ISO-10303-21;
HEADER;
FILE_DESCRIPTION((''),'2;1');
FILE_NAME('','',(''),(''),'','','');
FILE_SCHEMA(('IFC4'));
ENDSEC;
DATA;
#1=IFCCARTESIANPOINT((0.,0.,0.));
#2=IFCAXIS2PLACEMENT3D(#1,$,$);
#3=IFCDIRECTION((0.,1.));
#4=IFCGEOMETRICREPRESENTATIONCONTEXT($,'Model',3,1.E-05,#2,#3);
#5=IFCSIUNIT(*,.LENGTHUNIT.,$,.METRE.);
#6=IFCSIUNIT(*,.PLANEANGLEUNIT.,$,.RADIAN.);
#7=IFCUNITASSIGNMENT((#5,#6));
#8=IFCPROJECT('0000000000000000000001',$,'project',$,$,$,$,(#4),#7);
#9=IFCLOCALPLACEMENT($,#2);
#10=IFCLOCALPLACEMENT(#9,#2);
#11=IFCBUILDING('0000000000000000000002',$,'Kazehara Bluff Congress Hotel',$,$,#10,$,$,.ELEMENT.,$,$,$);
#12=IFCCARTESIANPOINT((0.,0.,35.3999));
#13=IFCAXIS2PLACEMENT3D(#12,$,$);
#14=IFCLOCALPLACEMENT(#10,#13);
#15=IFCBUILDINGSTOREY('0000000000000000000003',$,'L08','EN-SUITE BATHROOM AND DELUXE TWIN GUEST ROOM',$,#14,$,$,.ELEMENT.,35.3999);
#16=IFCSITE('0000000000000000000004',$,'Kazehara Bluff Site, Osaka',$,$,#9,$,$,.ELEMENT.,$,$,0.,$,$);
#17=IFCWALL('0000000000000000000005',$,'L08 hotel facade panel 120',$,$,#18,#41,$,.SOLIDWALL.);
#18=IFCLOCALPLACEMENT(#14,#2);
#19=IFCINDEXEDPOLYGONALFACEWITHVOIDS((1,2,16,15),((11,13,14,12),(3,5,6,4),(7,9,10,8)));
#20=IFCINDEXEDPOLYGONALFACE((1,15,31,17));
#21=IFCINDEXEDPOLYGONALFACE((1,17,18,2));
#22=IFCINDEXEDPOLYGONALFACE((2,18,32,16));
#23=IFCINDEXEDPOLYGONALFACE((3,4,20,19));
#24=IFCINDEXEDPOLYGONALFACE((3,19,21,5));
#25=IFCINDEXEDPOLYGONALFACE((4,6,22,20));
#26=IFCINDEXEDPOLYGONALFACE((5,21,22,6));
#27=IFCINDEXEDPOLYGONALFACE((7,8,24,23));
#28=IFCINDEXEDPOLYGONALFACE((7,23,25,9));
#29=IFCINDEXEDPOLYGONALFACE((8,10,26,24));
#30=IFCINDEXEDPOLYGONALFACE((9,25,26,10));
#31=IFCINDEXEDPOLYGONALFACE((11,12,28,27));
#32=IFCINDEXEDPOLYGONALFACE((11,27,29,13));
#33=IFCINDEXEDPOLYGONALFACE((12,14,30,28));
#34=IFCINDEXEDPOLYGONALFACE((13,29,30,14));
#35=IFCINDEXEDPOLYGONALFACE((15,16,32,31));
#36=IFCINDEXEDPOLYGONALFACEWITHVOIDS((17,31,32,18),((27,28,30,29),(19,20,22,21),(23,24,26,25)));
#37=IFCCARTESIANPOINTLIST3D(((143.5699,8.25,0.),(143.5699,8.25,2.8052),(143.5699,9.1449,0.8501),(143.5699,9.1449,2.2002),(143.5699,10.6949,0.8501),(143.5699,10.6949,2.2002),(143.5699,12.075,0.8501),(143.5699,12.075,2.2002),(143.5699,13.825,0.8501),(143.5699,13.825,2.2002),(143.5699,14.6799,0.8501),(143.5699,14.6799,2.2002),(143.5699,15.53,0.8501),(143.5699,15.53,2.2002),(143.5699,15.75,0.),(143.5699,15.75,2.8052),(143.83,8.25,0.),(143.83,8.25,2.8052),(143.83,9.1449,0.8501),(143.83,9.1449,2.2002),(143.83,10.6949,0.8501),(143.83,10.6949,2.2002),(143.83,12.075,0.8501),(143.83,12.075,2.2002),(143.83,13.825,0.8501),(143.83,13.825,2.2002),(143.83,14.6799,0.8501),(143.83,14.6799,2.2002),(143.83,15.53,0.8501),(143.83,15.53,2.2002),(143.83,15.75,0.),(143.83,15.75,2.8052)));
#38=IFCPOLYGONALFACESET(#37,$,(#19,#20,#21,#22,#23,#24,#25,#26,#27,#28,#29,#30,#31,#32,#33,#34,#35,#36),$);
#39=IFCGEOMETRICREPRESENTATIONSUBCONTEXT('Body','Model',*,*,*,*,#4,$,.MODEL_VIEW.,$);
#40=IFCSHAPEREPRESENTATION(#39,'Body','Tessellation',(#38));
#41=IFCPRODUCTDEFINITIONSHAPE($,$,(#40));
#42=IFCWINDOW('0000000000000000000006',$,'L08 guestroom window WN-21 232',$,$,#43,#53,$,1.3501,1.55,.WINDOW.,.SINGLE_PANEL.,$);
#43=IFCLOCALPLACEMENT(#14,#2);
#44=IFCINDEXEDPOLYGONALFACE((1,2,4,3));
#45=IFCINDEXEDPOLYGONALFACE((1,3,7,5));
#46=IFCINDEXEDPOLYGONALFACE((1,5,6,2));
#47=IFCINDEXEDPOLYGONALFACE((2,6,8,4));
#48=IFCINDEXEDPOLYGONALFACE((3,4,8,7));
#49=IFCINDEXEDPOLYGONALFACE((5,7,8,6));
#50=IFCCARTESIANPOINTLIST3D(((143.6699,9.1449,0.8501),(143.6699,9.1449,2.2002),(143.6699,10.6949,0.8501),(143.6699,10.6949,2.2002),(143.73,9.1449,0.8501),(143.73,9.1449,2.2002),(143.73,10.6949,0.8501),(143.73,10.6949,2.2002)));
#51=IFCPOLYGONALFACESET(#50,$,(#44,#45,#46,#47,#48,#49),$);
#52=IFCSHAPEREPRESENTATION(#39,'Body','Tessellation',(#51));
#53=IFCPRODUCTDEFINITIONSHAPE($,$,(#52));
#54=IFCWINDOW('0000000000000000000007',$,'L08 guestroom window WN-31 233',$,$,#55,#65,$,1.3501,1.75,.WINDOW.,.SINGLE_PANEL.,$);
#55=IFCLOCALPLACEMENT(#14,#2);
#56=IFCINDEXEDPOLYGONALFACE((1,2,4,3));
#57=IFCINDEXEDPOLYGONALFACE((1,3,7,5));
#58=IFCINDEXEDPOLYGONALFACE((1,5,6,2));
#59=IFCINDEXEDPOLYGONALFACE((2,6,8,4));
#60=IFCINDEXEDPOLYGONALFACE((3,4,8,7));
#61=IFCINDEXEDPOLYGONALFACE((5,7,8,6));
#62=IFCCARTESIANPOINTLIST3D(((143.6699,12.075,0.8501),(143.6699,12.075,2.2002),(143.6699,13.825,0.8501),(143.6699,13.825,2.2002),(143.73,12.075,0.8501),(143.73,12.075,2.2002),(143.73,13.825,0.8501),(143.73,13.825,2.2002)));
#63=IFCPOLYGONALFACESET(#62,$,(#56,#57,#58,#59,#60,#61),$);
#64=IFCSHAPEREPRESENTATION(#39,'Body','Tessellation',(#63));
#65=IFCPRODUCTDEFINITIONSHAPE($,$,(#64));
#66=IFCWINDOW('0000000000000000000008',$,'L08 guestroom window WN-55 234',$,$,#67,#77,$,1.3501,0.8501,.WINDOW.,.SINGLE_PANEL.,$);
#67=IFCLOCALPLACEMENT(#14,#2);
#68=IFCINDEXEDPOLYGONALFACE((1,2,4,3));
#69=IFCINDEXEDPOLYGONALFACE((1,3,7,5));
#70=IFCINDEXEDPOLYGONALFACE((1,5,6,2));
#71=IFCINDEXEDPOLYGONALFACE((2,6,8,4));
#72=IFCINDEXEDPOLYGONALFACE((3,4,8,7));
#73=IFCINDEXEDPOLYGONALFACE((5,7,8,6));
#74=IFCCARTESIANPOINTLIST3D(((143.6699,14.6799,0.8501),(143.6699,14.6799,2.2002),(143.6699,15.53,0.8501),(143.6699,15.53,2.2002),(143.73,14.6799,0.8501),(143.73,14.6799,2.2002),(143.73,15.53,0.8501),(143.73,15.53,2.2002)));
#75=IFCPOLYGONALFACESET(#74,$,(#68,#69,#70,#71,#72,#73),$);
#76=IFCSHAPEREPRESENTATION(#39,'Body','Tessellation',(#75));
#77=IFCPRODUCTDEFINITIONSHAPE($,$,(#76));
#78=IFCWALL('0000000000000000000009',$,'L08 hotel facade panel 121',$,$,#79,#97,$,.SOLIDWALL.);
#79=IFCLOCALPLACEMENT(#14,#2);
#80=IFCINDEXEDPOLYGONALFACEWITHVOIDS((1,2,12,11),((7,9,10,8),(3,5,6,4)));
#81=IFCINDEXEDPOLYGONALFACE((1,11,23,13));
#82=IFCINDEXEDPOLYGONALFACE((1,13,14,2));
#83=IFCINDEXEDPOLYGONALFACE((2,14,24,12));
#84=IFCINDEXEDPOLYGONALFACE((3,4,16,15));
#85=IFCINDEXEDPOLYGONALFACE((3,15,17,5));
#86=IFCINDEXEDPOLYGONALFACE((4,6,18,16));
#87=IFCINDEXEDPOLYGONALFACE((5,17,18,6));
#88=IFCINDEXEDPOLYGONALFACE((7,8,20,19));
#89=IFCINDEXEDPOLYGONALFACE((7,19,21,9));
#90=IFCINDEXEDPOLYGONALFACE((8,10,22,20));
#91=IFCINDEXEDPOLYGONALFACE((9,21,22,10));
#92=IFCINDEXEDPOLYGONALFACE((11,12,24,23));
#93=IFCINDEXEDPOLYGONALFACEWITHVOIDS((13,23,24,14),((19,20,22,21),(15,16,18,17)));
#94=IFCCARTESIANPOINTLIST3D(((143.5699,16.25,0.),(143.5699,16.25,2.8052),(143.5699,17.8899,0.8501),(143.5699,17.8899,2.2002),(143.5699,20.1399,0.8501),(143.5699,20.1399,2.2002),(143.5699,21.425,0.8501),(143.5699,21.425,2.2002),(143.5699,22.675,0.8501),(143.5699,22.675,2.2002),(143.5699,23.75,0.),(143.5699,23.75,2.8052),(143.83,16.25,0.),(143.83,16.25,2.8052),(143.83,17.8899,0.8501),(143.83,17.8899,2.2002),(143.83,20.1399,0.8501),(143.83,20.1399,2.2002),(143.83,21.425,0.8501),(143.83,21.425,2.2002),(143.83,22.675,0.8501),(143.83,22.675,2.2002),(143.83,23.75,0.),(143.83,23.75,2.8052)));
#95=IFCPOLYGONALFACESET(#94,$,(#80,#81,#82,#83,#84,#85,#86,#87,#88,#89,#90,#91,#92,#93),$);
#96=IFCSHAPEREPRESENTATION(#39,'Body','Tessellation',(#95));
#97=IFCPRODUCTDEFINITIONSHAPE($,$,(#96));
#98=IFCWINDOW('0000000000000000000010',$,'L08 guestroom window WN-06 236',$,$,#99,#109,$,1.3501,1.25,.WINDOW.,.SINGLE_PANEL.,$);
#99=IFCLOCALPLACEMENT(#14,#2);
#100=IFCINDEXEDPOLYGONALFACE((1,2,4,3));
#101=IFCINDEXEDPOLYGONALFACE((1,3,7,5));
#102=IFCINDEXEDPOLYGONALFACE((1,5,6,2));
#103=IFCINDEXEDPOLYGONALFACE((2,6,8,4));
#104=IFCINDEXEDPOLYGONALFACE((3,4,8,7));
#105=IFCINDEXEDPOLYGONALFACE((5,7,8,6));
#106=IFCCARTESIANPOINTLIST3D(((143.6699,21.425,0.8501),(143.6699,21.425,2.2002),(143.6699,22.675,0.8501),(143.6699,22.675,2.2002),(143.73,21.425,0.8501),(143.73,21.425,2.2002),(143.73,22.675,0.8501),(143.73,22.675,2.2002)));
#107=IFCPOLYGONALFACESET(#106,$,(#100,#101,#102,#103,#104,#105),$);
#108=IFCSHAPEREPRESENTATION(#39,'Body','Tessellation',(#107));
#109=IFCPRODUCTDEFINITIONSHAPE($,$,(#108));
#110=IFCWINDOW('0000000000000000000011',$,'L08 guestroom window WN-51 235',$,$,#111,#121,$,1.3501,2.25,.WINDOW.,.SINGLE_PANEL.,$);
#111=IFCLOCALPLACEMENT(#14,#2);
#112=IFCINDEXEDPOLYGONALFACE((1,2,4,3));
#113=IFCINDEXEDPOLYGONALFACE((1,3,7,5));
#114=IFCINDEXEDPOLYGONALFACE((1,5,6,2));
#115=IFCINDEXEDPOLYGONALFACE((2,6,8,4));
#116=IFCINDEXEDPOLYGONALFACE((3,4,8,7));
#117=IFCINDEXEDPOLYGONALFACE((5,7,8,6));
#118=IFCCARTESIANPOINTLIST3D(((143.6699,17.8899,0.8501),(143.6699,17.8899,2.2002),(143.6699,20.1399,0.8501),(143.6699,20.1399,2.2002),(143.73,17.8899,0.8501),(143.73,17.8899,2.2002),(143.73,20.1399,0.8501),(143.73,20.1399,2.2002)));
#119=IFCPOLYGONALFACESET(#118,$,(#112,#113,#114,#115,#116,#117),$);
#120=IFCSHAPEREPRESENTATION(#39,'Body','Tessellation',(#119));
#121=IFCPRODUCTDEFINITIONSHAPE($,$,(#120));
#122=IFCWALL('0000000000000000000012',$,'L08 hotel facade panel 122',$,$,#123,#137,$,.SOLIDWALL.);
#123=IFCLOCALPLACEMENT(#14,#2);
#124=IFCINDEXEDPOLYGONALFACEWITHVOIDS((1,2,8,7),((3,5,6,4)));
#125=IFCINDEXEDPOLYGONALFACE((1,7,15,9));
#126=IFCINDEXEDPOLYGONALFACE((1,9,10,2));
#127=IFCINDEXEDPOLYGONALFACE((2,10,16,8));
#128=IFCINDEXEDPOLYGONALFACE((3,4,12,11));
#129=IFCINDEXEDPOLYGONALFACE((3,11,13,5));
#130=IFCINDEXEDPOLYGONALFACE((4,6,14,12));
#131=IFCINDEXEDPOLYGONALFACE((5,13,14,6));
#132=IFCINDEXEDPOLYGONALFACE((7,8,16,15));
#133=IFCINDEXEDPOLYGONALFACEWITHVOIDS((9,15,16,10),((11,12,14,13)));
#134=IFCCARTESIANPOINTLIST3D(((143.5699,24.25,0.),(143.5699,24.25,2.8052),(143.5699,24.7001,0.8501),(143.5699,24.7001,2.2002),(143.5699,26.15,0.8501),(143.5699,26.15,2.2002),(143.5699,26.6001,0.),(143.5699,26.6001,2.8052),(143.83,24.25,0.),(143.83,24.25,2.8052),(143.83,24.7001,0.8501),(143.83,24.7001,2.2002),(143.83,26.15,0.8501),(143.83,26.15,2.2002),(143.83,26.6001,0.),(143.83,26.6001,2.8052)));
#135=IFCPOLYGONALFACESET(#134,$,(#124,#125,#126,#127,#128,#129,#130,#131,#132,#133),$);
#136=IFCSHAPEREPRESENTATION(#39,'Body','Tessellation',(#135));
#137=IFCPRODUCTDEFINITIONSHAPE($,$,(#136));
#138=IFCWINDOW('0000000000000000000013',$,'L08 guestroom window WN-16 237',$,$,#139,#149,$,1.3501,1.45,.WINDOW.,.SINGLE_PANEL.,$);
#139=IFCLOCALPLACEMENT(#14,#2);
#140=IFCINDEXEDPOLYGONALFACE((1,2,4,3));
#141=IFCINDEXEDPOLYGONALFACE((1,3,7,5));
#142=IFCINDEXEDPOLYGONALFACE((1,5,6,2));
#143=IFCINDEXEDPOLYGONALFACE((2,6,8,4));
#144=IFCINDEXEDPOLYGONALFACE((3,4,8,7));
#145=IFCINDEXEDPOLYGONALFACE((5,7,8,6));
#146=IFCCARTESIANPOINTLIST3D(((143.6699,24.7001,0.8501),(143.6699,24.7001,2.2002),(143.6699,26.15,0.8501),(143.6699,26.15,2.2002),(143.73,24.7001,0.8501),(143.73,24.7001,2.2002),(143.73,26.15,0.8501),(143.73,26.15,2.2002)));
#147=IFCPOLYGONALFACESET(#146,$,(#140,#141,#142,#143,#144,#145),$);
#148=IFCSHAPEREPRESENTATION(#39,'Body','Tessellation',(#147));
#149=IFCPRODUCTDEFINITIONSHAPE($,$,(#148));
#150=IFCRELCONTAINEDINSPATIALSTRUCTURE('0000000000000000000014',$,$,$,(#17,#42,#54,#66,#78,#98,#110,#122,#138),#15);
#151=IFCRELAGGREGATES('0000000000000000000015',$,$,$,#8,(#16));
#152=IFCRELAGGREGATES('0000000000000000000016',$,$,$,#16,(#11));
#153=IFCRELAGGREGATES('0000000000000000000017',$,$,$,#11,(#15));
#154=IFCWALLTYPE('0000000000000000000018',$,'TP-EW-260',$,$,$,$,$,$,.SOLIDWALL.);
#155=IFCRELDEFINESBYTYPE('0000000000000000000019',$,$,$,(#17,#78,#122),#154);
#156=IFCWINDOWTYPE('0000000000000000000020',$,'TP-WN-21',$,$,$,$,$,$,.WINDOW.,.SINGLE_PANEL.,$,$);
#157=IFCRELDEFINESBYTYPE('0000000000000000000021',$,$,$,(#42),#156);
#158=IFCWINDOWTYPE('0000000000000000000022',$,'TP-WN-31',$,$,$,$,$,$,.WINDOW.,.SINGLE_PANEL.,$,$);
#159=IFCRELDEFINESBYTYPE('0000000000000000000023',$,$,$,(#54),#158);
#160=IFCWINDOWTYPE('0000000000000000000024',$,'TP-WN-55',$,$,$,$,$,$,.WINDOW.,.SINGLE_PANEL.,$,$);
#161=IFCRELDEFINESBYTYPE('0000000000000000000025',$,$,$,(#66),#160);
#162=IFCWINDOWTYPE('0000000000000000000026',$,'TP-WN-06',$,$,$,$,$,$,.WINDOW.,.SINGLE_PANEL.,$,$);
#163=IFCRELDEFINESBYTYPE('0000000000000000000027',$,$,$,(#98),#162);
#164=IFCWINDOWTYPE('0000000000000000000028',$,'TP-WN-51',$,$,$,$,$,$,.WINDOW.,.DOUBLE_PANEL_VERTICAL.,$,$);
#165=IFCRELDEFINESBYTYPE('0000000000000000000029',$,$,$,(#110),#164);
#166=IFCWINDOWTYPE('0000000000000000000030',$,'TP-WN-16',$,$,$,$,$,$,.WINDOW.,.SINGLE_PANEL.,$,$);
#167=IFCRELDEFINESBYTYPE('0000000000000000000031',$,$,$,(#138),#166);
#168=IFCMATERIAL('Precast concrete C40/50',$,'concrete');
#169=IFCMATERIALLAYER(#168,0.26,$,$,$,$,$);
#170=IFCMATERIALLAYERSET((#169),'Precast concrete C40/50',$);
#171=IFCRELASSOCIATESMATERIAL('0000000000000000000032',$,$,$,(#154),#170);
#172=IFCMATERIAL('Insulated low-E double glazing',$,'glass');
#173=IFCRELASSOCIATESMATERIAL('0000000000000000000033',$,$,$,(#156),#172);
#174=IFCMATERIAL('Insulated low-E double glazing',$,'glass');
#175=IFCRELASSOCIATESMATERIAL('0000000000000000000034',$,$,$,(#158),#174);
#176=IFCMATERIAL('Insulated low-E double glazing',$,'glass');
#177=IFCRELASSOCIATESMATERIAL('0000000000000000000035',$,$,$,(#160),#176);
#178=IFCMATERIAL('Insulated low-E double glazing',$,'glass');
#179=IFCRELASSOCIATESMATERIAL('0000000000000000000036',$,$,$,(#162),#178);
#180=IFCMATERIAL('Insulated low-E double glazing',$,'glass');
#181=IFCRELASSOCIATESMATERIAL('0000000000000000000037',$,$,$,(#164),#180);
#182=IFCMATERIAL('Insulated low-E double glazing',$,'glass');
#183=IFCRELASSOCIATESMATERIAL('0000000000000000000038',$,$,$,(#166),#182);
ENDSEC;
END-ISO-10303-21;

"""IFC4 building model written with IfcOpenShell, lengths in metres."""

from ifc_helpers import new_model, si_unit, direction, frame, frame_2d, origin, place, context, subcontext, project, spatial, rectangle, extrude, material, layer, layer_set, type_object, element, fill, save


model = new_model("IFC4")

# Units and contexts
model_context = context("Model", 3, precision=1e-05, world=origin(), true_north=direction((0.0, 1.0)))
body_context = subcontext(model_context, "Body", "Model", "MODEL_VIEW")
ifc_project = project(units=[si_unit("LENGTHUNIT", "METRE"), si_unit("PLANEANGLEUNIT", "RADIAN")], contexts=[model_context])

# Site, building, storey
site_placement = place(None, origin())
site = spatial("IfcSite", under=ifc_project, at=site_placement, Name="Kazehara Bluff Site, Osaka", CompositionType="ELEMENT", RefElevation=0.0)
building_placement = place(site_placement, origin())
building = spatial("IfcBuilding", under=site, at=building_placement, Name="Kazehara Bluff Congress Hotel", CompositionType="ELEMENT")
storey_placement = place(building_placement, frame((0.0, 0.0, 35.3999)))
storey = spatial("IfcBuildingStorey", under=building, at=storey_placement, Name="L08", Description="EN-SUITE BATHROOM AND DELUXE TWIN GUEST ROOM", CompositionType="ELEMENT", Elevation=35.3999)

# Walls, openings, windows
ifc_material_1 = material(Name="Precast concrete C40/50", Category="concrete")
ifc_layer_1 = layer(ifc_material_1, 0.26)
ifc_layer_set_1 = layer_set([ifc_layer_1], Name="Precast concrete C40/50")
wall_type = type_object("IfcWallType", Name="TP-EW-260", PredefinedType="SOLIDWALL", material=ifc_layer_set_1)
wall_1_placement = place(storey_placement, frame((143.7, 8.25, 0.0), z_axis=(0.0, 0.0, 1.0), x_axis=(0.0, 1.0, 0.0)))
wall_1 = element("IfcWall", 1, at=wall_1_placement, inside=storey, type_object=wall_type, Name="L08 hotel facade panel 120", PredefinedType="SOLIDWALL", context=body_context, shape_type="SweptSolid", body=[
    extrude(rectangle(XDim=7.5, YDim=0.26, at=frame_2d((3.75, 0.0))), origin(), (0.0, 0.0, 1.0), 2.8052),
])
opening_1_placement = place(wall_1_placement, frame((0.895, 0.0, 0.8501)))
opening_1 = element("IfcOpeningElement", 2, at=opening_1_placement, cuts=wall_1, PredefinedType="OPENING", context=body_context, shape_type="SweptSolid", body=[
    extrude(rectangle(XDim=1.55, YDim=1.3501, at=frame_2d((0.7749, 0.675))), frame((0.0, 0.1399, 0.0), z_axis=(0.0, -1.0, 0.0), x_axis=(1.0, 0.0, 0.0)), (0.0, 0.0, 1.0), 0.28),
])
opening_2_placement = place(wall_1_placement, frame((3.825, 0.0, 0.8501)))
opening_2 = element("IfcOpeningElement", 3, at=opening_2_placement, cuts=wall_1, PredefinedType="OPENING", context=body_context, shape_type="SweptSolid", body=[
    extrude(rectangle(XDim=1.75, YDim=1.3501, at=frame_2d((0.875, 0.675))), frame((0.0, 0.1399, 0.0), z_axis=(0.0, -1.0, 0.0), x_axis=(1.0, 0.0, 0.0)), (0.0, 0.0, 1.0), 0.28),
])
opening_3_placement = place(wall_1_placement, frame((6.4299, 0.0, 0.8501)))
opening_3 = element("IfcOpeningElement", 4, at=opening_3_placement, cuts=wall_1, PredefinedType="OPENING", context=body_context, shape_type="SweptSolid", body=[
    extrude(rectangle(XDim=0.8501, YDim=1.3501, at=frame_2d((0.425, 0.675))), frame((0.0, 0.1399, 0.0), z_axis=(0.0, -1.0, 0.0), x_axis=(1.0, 0.0, 0.0)), (0.0, 0.0, 1.0), 0.28),
])
ifc_material_2 = material(Name="Insulated low-E double glazing", Category="glass")
window_type_1 = type_object("IfcWindowType", Name="TP-WN-21", PartitioningType="SINGLE_PANEL", PredefinedType="WINDOW", material=ifc_material_2)
window_1_placement = place(opening_1_placement, origin())
window_1 = element("IfcWindow", 5, at=window_1_placement, inside=storey, type_object=window_type_1, Name="L08 guestroom window WN-21 232", OverallHeight=1.3501, OverallWidth=1.55, PartitioningType="SINGLE_PANEL", PredefinedType="WINDOW", context=body_context, shape_type="SweptSolid", body=[
    extrude(rectangle(XDim=1.55, YDim=1.3501, at=frame_2d((0.7749, 0.675))), frame((0.0, 0.03, 0.0), z_axis=(0.0, -1.0, 0.0), x_axis=(1.0, 0.0, 0.0)), (0.0, 0.0, 1.0), 0.0601),
])
fill(opening_1, window_1)
ifc_material_3 = material(Name="Insulated low-E double glazing", Category="glass")
window_type_2 = type_object("IfcWindowType", Name="TP-WN-31", PartitioningType="SINGLE_PANEL", PredefinedType="WINDOW", material=ifc_material_3)
window_2_placement = place(opening_2_placement, origin())
window_2 = element("IfcWindow", 6, at=window_2_placement, inside=storey, type_object=window_type_2, Name="L08 guestroom window WN-31 233", OverallHeight=1.3501, OverallWidth=1.75, PartitioningType="SINGLE_PANEL", PredefinedType="WINDOW", context=body_context, shape_type="SweptSolid", body=[
    extrude(rectangle(XDim=1.75, YDim=1.3501, at=frame_2d((0.875, 0.675))), frame((0.0, 0.03, 0.0), z_axis=(0.0, -1.0, 0.0), x_axis=(1.0, 0.0, 0.0)), (0.0, 0.0, 1.0), 0.0601),
])
fill(opening_2, window_2)
ifc_material_4 = material(Name="Insulated low-E double glazing", Category="glass")
window_type_3 = type_object("IfcWindowType", Name="TP-WN-55", PartitioningType="SINGLE_PANEL", PredefinedType="WINDOW", material=ifc_material_4)
window_3_placement = place(opening_3_placement, origin())
window_3 = element("IfcWindow", 7, at=window_3_placement, inside=storey, type_object=window_type_3, Name="L08 guestroom window WN-55 234", OverallHeight=1.3501, OverallWidth=0.8501, PartitioningType="SINGLE_PANEL", PredefinedType="WINDOW", context=body_context, shape_type="SweptSolid", body=[
    extrude(rectangle(XDim=0.8501, YDim=1.3501, at=frame_2d((0.425, 0.675))), frame((0.0, 0.03, 0.0), z_axis=(0.0, -1.0, 0.0), x_axis=(1.0, 0.0, 0.0)), (0.0, 0.0, 1.0), 0.0601),
])
fill(opening_3, window_3)
wall_2_placement = place(storey_placement, frame((143.7, 16.25, 0.0), z_axis=(0.0, 0.0, 1.0), x_axis=(0.0, 1.0, 0.0)))
wall_2 = element("IfcWall", 8, at=wall_2_placement, inside=storey, type_object=wall_type, Name="L08 hotel facade panel 121", PredefinedType="SOLIDWALL", context=body_context, shape_type="SweptSolid", body=[
    extrude(rectangle(XDim=7.5, YDim=0.26, at=frame_2d((3.75, 0.0))), origin(), (0.0, 0.0, 1.0), 2.8052),
])
opening_4_placement = place(wall_2_placement, frame((1.6399, 0.0, 0.8501)))
opening_4 = element("IfcOpeningElement", 9, at=opening_4_placement, cuts=wall_2, PredefinedType="OPENING", context=body_context, shape_type="SweptSolid", body=[
    extrude(rectangle(XDim=2.25, YDim=1.3501, at=frame_2d((1.125, 0.675))), frame((0.0, 0.1399, 0.0), z_axis=(0.0, -1.0, 0.0), x_axis=(1.0, 0.0, 0.0)), (0.0, 0.0, 1.0), 0.28),
])
opening_5_placement = place(wall_2_placement, frame((5.175, 0.0, 0.8501)))
opening_5 = element("IfcOpeningElement", 10, at=opening_5_placement, cuts=wall_2, PredefinedType="OPENING", context=body_context, shape_type="SweptSolid", body=[
    extrude(rectangle(XDim=1.25, YDim=1.3501, at=frame_2d((0.625, 0.675))), frame((0.0, 0.1399, 0.0), z_axis=(0.0, -1.0, 0.0), x_axis=(1.0, 0.0, 0.0)), (0.0, 0.0, 1.0), 0.28),
])
ifc_material_5 = material(Name="Insulated low-E double glazing", Category="glass")
window_type_4 = type_object("IfcWindowType", Name="TP-WN-06", PartitioningType="SINGLE_PANEL", PredefinedType="WINDOW", material=ifc_material_5)
window_4_placement = place(opening_5_placement, origin())
window_4 = element("IfcWindow", 11, at=window_4_placement, inside=storey, type_object=window_type_4, Name="L08 guestroom window WN-06 236", OverallHeight=1.3501, OverallWidth=1.25, PartitioningType="SINGLE_PANEL", PredefinedType="WINDOW", context=body_context, shape_type="SweptSolid", body=[
    extrude(rectangle(XDim=1.25, YDim=1.3501, at=frame_2d((0.625, 0.675))), frame((0.0, 0.03, 0.0), z_axis=(0.0, -1.0, 0.0), x_axis=(1.0, 0.0, 0.0)), (0.0, 0.0, 1.0), 0.0601),
])
fill(opening_5, window_4)
ifc_material_6 = material(Name="Insulated low-E double glazing", Category="glass")
window_type_5 = type_object("IfcWindowType", Name="TP-WN-51", PartitioningType="DOUBLE_PANEL_VERTICAL", PredefinedType="WINDOW", material=ifc_material_6)
window_5_placement = place(opening_4_placement, origin())
window_5 = element("IfcWindow", 12, at=window_5_placement, inside=storey, type_object=window_type_5, Name="L08 guestroom window WN-51 235", OverallHeight=1.3501, OverallWidth=2.25, PartitioningType="SINGLE_PANEL", PredefinedType="WINDOW", context=body_context, shape_type="SweptSolid", body=[
    extrude(rectangle(XDim=2.25, YDim=1.3501, at=frame_2d((1.125, 0.675))), frame((0.0, 0.03, 0.0), z_axis=(0.0, -1.0, 0.0), x_axis=(1.0, 0.0, 0.0)), (0.0, 0.0, 1.0), 0.0601),
])
fill(opening_4, window_5)

# Wall, opening, window
wall_3_placement = place(storey_placement, frame((143.7, 24.25, 0.0), z_axis=(0.0, 0.0, 1.0), x_axis=(0.0, 1.0, 0.0)))
wall_3 = element("IfcWall", 13, at=wall_3_placement, inside=storey, type_object=wall_type, Name="L08 hotel facade panel 122", PredefinedType="SOLIDWALL", context=body_context, shape_type="SweptSolid", body=[
    extrude(rectangle(XDim=2.3501, YDim=0.26, at=frame_2d((1.175, 0.0))), origin(), (0.0, 0.0, 1.0), 2.8052),
])
opening_6_placement = place(wall_3_placement, frame((0.45, 0.0, 0.8501)))
opening_6 = element("IfcOpeningElement", 14, at=opening_6_placement, cuts=wall_3, PredefinedType="OPENING", context=body_context, shape_type="SweptSolid", body=[
    extrude(rectangle(XDim=1.45, YDim=1.3501, at=frame_2d((0.7251, 0.675))), frame((0.0, 0.1399, 0.0), z_axis=(0.0, -1.0, 0.0), x_axis=(1.0, 0.0, 0.0)), (0.0, 0.0, 1.0), 0.28),
])
ifc_material_7 = material(Name="Insulated low-E double glazing", Category="glass")
window_type_6 = type_object("IfcWindowType", Name="TP-WN-16", PartitioningType="SINGLE_PANEL", PredefinedType="WINDOW", material=ifc_material_7)
window_6_placement = place(opening_6_placement, origin())
window_6 = element("IfcWindow", 15, at=window_6_placement, inside=storey, type_object=window_type_6, Name="L08 guestroom window WN-16 237", OverallHeight=1.3501, OverallWidth=1.45, PartitioningType="SINGLE_PANEL", PredefinedType="WINDOW", context=body_context, shape_type="SweptSolid", body=[
    extrude(rectangle(XDim=1.45, YDim=1.3501, at=frame_2d((0.7251, 0.675))), frame((0.0, 0.03, 0.0), z_axis=(0.0, -1.0, 0.0), x_axis=(1.0, 0.0, 0.0)), (0.0, 0.0, 1.0), 0.0601),
])
fill(opening_6, window_6)

save(model, "model.ifc")
